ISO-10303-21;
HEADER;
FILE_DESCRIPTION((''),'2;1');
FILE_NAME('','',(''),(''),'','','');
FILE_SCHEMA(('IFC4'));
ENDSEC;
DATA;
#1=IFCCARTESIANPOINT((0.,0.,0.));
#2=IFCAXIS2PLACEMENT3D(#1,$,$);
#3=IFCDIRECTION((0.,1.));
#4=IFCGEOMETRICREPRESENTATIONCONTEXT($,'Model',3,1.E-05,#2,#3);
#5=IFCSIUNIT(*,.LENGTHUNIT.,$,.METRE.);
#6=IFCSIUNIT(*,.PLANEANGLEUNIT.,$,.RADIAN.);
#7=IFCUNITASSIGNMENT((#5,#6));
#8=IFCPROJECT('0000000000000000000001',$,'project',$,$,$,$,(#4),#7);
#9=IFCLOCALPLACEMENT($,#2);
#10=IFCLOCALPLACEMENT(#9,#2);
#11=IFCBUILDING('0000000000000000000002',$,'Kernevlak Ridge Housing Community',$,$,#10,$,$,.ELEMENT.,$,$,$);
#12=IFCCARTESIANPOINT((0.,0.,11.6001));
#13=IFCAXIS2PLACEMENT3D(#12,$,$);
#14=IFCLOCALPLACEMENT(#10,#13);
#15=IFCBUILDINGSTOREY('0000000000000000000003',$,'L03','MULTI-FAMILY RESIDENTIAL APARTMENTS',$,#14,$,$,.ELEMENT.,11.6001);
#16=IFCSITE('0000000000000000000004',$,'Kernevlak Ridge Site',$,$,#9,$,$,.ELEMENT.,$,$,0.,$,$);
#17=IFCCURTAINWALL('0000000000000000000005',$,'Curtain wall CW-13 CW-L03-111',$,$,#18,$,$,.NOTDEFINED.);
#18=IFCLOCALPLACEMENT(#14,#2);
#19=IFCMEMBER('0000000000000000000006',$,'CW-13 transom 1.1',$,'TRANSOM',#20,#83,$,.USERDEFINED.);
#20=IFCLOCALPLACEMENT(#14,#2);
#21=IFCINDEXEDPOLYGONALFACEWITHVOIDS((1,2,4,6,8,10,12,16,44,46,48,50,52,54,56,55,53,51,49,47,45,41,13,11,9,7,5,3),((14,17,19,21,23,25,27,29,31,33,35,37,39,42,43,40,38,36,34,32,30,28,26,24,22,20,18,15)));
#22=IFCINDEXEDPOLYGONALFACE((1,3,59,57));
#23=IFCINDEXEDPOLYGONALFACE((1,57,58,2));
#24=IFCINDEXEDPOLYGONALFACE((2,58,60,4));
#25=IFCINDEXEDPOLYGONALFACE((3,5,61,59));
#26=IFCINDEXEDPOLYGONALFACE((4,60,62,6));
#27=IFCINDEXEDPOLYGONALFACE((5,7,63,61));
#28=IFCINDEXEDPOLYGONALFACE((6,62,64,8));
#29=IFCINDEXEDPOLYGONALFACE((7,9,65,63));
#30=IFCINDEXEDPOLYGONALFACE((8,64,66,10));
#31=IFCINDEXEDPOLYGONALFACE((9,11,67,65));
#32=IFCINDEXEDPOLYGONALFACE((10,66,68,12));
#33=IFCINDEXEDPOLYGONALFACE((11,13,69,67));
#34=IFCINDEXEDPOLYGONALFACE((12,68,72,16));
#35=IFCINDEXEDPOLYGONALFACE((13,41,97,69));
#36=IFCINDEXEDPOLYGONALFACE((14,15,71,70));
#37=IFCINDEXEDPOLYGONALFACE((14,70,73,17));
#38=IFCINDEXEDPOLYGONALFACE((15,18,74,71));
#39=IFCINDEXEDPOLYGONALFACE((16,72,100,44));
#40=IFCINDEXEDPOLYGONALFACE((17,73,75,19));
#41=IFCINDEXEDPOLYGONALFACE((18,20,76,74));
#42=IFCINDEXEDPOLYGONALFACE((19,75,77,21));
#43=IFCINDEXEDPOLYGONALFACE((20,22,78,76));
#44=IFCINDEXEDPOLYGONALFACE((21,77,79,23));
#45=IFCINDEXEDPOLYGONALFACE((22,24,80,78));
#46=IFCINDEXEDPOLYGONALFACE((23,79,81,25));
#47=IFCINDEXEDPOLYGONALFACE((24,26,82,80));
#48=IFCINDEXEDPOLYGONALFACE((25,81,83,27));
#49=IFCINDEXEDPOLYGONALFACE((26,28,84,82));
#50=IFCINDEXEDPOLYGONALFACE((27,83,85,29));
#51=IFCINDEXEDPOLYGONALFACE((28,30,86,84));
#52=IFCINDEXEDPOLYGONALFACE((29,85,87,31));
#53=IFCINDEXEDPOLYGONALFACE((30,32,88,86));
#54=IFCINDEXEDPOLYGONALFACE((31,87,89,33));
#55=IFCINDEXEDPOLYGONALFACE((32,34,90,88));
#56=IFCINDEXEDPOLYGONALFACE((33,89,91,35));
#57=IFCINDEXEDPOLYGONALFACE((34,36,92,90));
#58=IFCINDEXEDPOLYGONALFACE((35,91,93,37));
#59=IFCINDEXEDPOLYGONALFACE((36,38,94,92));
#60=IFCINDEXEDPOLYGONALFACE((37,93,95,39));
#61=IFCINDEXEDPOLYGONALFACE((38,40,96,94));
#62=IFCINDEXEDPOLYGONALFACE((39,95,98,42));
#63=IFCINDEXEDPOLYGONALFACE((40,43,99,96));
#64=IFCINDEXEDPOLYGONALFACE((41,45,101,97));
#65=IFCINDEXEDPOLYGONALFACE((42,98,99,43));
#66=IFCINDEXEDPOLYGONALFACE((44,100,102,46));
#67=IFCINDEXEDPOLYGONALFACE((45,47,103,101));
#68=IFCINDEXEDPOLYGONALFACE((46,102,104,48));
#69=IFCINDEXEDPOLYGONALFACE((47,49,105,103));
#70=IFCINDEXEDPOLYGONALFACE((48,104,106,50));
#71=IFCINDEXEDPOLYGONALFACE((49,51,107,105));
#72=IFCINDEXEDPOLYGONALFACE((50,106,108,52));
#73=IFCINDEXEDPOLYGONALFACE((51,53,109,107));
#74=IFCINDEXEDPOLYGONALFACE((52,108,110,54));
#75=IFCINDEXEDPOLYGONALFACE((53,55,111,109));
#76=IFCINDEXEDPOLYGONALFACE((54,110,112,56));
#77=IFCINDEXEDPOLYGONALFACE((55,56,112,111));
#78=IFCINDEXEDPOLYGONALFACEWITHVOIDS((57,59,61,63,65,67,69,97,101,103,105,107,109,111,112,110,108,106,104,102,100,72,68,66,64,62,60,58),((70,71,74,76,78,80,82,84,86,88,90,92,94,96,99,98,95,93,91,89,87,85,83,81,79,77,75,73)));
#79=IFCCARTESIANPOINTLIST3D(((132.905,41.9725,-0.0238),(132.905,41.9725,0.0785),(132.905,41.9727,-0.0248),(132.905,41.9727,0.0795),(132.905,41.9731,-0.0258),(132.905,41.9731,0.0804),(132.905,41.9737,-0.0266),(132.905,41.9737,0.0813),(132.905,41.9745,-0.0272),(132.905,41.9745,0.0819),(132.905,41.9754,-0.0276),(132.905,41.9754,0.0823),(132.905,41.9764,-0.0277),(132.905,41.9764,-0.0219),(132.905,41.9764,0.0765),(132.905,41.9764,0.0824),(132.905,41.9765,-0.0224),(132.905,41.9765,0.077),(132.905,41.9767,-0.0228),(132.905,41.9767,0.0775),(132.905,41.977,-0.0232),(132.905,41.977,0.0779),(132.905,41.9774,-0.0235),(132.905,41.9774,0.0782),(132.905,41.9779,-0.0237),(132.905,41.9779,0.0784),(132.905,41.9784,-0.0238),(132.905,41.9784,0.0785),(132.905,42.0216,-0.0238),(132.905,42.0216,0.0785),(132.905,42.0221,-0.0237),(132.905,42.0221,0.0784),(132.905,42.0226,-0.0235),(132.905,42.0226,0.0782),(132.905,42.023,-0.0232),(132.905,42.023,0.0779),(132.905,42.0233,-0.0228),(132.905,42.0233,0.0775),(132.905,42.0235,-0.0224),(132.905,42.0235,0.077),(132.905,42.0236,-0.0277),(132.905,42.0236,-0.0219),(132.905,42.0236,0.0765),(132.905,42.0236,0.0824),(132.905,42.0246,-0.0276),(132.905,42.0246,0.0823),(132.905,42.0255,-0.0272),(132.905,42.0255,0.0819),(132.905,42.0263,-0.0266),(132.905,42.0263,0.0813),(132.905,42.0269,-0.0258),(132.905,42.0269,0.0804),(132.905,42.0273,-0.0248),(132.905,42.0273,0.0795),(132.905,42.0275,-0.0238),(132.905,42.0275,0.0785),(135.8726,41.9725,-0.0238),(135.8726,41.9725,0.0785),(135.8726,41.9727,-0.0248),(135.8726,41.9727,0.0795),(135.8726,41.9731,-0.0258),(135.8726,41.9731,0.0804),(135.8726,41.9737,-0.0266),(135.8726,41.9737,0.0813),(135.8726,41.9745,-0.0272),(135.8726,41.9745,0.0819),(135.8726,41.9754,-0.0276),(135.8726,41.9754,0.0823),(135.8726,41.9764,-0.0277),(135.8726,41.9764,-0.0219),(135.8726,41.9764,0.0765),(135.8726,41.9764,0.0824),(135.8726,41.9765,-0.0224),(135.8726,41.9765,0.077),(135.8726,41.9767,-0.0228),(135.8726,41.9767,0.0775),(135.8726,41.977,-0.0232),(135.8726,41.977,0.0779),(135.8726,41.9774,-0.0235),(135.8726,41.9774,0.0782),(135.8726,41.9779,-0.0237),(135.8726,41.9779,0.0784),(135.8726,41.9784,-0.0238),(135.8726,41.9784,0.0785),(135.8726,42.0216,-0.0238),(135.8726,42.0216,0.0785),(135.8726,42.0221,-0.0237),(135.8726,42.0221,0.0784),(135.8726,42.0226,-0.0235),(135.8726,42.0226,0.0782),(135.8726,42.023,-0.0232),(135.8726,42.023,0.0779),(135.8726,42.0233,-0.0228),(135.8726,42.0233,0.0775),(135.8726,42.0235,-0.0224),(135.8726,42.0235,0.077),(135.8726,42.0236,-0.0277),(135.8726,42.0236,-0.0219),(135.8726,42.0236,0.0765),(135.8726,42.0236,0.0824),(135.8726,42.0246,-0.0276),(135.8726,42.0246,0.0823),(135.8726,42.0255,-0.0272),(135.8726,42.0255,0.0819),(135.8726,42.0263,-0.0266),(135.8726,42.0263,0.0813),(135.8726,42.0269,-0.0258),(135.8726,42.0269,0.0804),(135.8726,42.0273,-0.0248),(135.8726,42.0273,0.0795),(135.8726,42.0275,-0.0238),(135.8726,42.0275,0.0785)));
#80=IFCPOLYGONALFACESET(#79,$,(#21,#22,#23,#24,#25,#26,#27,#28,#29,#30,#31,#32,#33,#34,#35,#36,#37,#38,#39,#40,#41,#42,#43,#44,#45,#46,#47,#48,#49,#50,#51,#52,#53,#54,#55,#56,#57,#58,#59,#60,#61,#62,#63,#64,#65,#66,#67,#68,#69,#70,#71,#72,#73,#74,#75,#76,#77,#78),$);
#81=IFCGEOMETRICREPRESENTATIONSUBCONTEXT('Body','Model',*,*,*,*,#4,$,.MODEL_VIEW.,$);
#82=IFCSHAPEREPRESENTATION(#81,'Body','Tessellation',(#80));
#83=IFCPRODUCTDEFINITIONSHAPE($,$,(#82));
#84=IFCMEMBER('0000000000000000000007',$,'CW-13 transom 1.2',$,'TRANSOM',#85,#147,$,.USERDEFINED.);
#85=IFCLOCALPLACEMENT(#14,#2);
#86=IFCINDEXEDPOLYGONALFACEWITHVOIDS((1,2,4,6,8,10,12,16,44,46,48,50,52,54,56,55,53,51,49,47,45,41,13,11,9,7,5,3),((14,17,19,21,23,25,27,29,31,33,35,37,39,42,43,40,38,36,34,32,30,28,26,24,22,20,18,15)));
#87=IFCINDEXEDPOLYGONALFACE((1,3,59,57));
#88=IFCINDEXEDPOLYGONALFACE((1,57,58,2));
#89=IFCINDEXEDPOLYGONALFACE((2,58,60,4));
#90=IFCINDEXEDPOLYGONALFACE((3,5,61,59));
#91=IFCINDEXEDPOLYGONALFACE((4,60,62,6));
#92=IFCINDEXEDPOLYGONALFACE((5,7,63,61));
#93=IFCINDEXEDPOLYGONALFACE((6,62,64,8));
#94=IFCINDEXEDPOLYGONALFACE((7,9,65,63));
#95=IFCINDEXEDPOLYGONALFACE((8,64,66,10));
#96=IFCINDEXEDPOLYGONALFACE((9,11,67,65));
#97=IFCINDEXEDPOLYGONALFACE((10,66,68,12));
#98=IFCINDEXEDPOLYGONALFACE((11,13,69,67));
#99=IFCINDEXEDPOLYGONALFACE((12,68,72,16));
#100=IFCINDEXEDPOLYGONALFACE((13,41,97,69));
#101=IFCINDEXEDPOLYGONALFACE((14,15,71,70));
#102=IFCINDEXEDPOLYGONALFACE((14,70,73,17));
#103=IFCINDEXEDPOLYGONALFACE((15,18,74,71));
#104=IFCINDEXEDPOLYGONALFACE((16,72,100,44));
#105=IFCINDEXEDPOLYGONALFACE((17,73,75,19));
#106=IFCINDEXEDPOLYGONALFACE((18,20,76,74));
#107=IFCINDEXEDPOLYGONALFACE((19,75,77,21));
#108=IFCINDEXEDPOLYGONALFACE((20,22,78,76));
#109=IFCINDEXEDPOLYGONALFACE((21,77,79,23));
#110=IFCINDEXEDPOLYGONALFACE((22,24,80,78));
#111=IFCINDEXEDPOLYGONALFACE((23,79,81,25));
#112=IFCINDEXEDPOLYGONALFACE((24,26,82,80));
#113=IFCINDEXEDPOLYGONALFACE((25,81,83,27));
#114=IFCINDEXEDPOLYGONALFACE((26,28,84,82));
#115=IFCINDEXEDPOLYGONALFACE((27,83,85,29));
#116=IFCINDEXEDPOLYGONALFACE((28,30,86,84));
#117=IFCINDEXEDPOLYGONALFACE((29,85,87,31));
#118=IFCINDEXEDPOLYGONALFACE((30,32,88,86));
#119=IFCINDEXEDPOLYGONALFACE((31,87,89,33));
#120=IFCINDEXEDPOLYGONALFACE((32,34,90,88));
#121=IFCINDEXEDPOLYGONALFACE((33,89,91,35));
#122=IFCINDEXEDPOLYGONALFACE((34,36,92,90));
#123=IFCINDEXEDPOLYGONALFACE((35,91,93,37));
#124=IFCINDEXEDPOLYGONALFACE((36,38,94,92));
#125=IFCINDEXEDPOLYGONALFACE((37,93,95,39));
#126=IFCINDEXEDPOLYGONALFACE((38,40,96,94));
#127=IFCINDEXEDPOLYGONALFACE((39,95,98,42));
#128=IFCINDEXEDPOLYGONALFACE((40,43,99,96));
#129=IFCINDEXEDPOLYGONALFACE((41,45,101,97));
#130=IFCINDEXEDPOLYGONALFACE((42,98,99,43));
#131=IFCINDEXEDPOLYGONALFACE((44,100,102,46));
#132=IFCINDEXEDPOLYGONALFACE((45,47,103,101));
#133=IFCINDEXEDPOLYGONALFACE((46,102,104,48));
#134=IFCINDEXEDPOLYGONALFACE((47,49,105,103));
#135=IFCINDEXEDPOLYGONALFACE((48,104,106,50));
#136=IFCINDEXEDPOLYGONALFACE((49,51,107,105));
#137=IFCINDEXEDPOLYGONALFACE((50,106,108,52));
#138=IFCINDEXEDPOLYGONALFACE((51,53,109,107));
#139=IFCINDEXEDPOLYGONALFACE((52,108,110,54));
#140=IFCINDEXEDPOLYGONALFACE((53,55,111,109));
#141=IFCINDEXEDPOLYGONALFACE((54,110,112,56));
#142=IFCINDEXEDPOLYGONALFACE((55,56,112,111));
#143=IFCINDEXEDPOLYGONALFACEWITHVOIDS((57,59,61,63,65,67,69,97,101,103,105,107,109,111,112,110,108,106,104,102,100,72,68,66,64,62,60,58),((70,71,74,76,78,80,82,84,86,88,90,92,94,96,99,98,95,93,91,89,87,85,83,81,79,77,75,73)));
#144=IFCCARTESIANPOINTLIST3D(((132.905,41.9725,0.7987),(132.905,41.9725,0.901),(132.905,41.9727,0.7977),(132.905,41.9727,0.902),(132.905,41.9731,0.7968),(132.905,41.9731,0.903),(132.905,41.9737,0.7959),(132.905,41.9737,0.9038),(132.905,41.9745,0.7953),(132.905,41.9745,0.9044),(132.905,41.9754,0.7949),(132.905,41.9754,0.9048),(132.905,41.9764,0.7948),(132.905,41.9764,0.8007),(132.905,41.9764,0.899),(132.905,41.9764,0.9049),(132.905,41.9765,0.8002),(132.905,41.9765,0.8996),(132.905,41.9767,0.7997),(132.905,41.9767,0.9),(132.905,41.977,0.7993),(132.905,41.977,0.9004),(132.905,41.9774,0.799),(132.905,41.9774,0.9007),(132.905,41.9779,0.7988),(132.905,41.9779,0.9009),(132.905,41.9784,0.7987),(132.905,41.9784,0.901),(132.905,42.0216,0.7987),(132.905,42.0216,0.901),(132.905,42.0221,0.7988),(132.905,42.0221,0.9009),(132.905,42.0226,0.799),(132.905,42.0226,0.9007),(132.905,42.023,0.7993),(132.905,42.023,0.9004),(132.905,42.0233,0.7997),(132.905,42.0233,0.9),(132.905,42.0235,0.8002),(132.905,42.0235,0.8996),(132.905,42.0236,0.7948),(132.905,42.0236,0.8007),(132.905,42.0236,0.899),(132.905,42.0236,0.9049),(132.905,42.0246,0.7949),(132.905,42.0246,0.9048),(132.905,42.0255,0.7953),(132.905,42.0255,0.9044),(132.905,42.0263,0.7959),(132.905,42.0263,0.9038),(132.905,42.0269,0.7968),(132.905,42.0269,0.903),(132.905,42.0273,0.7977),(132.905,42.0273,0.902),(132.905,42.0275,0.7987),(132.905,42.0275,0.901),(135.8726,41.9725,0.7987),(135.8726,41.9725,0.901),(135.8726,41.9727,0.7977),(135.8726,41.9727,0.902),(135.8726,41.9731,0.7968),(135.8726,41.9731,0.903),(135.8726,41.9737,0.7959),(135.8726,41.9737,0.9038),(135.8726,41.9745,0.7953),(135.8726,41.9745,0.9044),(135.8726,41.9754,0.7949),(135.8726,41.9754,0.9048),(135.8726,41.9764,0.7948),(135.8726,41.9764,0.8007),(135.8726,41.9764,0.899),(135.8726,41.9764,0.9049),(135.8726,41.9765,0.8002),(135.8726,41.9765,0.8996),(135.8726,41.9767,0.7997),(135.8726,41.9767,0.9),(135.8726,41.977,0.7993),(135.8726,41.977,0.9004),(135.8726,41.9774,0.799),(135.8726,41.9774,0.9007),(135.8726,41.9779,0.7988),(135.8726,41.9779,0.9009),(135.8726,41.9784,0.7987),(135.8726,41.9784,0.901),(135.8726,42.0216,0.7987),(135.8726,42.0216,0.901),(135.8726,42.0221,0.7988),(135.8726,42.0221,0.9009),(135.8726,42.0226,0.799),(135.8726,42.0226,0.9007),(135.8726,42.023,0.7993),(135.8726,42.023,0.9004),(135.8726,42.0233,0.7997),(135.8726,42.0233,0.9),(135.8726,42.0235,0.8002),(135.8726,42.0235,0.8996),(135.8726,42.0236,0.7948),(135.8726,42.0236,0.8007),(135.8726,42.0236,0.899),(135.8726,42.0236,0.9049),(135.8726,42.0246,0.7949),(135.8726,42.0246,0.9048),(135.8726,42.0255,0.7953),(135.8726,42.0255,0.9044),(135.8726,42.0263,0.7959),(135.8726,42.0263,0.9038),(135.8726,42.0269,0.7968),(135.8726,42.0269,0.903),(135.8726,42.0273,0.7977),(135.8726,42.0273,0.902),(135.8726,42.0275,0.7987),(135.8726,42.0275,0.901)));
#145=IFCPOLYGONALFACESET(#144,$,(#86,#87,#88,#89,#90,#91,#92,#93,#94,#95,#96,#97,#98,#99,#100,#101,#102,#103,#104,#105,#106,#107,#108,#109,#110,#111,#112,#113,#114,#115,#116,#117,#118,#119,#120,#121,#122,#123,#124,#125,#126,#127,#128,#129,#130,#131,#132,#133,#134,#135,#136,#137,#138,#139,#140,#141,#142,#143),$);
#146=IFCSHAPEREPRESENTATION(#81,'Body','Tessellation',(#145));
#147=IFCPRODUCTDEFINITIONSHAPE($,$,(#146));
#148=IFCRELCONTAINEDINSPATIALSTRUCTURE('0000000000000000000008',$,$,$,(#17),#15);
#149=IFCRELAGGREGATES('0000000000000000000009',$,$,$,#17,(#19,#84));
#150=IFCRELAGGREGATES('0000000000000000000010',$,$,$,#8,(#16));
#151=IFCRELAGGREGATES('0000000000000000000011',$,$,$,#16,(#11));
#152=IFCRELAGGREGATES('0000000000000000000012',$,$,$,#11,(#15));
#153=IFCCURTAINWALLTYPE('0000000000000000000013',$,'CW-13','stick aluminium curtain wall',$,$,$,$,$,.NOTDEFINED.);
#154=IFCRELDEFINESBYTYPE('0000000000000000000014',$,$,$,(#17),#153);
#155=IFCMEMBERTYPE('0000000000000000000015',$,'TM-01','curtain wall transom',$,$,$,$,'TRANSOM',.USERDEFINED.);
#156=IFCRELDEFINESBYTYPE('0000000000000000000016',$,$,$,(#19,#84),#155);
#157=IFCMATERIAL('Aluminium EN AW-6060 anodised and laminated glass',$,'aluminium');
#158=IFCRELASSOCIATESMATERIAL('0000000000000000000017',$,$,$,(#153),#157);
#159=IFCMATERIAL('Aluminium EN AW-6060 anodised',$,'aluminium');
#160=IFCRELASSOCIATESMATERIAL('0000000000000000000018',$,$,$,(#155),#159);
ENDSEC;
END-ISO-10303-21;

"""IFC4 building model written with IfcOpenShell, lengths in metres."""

from ifc_helpers import new_model, si_unit, direction, frame, origin, origin_2d, place, context, subcontext, project, spatial, hollow_rectangle, extrude, material, material_profile, profile_set, type_object, element, aggregate, save


model = new_model("IFC4")

# Units and contexts
model_context = context("Model", 3, precision=1e-05, world=origin(), true_north=direction((0.0, 1.0)))
body_context = subcontext(model_context, "Body", "Model", "MODEL_VIEW")
ifc_project = project(units=[si_unit("LENGTHUNIT", "METRE"), si_unit("PLANEANGLEUNIT", "RADIAN")], contexts=[model_context])

# Site, building, storey
site_placement = place(None, origin())
site = spatial("IfcSite", under=ifc_project, at=site_placement, Name="Kernevlak Ridge Site", CompositionType="ELEMENT", RefElevation=0.0)
building_placement = place(site_placement, origin())
building = spatial("IfcBuilding", under=site, at=building_placement, Name="Kernevlak Ridge Housing Community", CompositionType="ELEMENT")
storey_placement = place(building_placement, frame((0.0, 0.0, 11.6001)))
storey = spatial("IfcBuildingStorey", under=building, at=storey_placement, Name="L03", Description="MULTI-FAMILY RESIDENTIAL APARTMENTS", CompositionType="ELEMENT", Elevation=11.6001)

# Curtain wall
ifc_material_1 = material(Name="Aluminium EN AW-6060 anodised and laminated glass", Category="aluminium")
curtain_wall_type = type_object("IfcCurtainWallType", Name="CW-13", Description="stick aluminium curtain wall", PredefinedType="NOTDEFINED", material=ifc_material_1)
curtain_wall_placement = place(storey_placement, origin())
curtain_wall = element("IfcCurtainWall", 1, at=curtain_wall_placement, inside=storey, type_object=curtain_wall_type, Name="Curtain wall CW-13 CW-L03-111", PredefinedType="NOTDEFINED")
ifc_material_2 = material(Name="Aluminium EN AW-6060 anodised", Category="aluminium")

# Members
ifc_material_profile_1 = material_profile(ifc_material_2, hollow_rectangle(XDim=0.0549, YDim=0.1101, WallThickness=0.0039, InnerFilletRadius=0.002, OuterFilletRadius=0.0039, at=origin_2d()), Name="ALU 55x110x4")
ifc_profile_set_1 = profile_set([ifc_material_profile_1], Name="Aluminium EN AW-6060 anodised")
member_type_1 = type_object("IfcMemberType", Name="TM-01", Description="curtain wall transom", ElementType="TRANSOM", PredefinedType="USERDEFINED", material=ifc_profile_set_1)
member_1_placement = place(storey_placement, frame((132.905, 42.0, 0.0273), z_axis=(1.0, 0.0, 0.0), x_axis=(0.0, 1.0, 0.0)))
member_1 = element("IfcMember", 2, at=member_1_placement, type_object=member_type_1, Name="CW-13 transom 1.1", ObjectType="TRANSOM", PredefinedType="USERDEFINED", context=body_context, shape_type="SweptSolid", body=[
    extrude(hollow_rectangle(XDim=0.0549, YDim=0.1101, WallThickness=0.0039, InnerFilletRadius=0.002, OuterFilletRadius=0.0039, at=origin_2d()), origin(), (0.0, 0.0, 1.0), 2.9675),
])
member_2_placement = place(storey_placement, frame((132.905, 42.0, 0.8499), z_axis=(1.0, 0.0, 0.0), x_axis=(0.0, 1.0, 0.0)))
member_2 = element("IfcMember", 3, at=member_2_placement, type_object=member_type_1, Name="CW-13 transom 1.2", ObjectType="TRANSOM", PredefinedType="USERDEFINED", context=body_context, shape_type="SweptSolid", body=[
    extrude(hollow_rectangle(XDim=0.0549, YDim=0.1101, WallThickness=0.0039, InnerFilletRadius=0.002, OuterFilletRadius=0.0039, at=origin_2d()), origin(), (0.0, 0.0, 1.0), 2.9675),
])
aggregate(curtain_wall, [member_1, member_2])

save(model, "model.ifc")
